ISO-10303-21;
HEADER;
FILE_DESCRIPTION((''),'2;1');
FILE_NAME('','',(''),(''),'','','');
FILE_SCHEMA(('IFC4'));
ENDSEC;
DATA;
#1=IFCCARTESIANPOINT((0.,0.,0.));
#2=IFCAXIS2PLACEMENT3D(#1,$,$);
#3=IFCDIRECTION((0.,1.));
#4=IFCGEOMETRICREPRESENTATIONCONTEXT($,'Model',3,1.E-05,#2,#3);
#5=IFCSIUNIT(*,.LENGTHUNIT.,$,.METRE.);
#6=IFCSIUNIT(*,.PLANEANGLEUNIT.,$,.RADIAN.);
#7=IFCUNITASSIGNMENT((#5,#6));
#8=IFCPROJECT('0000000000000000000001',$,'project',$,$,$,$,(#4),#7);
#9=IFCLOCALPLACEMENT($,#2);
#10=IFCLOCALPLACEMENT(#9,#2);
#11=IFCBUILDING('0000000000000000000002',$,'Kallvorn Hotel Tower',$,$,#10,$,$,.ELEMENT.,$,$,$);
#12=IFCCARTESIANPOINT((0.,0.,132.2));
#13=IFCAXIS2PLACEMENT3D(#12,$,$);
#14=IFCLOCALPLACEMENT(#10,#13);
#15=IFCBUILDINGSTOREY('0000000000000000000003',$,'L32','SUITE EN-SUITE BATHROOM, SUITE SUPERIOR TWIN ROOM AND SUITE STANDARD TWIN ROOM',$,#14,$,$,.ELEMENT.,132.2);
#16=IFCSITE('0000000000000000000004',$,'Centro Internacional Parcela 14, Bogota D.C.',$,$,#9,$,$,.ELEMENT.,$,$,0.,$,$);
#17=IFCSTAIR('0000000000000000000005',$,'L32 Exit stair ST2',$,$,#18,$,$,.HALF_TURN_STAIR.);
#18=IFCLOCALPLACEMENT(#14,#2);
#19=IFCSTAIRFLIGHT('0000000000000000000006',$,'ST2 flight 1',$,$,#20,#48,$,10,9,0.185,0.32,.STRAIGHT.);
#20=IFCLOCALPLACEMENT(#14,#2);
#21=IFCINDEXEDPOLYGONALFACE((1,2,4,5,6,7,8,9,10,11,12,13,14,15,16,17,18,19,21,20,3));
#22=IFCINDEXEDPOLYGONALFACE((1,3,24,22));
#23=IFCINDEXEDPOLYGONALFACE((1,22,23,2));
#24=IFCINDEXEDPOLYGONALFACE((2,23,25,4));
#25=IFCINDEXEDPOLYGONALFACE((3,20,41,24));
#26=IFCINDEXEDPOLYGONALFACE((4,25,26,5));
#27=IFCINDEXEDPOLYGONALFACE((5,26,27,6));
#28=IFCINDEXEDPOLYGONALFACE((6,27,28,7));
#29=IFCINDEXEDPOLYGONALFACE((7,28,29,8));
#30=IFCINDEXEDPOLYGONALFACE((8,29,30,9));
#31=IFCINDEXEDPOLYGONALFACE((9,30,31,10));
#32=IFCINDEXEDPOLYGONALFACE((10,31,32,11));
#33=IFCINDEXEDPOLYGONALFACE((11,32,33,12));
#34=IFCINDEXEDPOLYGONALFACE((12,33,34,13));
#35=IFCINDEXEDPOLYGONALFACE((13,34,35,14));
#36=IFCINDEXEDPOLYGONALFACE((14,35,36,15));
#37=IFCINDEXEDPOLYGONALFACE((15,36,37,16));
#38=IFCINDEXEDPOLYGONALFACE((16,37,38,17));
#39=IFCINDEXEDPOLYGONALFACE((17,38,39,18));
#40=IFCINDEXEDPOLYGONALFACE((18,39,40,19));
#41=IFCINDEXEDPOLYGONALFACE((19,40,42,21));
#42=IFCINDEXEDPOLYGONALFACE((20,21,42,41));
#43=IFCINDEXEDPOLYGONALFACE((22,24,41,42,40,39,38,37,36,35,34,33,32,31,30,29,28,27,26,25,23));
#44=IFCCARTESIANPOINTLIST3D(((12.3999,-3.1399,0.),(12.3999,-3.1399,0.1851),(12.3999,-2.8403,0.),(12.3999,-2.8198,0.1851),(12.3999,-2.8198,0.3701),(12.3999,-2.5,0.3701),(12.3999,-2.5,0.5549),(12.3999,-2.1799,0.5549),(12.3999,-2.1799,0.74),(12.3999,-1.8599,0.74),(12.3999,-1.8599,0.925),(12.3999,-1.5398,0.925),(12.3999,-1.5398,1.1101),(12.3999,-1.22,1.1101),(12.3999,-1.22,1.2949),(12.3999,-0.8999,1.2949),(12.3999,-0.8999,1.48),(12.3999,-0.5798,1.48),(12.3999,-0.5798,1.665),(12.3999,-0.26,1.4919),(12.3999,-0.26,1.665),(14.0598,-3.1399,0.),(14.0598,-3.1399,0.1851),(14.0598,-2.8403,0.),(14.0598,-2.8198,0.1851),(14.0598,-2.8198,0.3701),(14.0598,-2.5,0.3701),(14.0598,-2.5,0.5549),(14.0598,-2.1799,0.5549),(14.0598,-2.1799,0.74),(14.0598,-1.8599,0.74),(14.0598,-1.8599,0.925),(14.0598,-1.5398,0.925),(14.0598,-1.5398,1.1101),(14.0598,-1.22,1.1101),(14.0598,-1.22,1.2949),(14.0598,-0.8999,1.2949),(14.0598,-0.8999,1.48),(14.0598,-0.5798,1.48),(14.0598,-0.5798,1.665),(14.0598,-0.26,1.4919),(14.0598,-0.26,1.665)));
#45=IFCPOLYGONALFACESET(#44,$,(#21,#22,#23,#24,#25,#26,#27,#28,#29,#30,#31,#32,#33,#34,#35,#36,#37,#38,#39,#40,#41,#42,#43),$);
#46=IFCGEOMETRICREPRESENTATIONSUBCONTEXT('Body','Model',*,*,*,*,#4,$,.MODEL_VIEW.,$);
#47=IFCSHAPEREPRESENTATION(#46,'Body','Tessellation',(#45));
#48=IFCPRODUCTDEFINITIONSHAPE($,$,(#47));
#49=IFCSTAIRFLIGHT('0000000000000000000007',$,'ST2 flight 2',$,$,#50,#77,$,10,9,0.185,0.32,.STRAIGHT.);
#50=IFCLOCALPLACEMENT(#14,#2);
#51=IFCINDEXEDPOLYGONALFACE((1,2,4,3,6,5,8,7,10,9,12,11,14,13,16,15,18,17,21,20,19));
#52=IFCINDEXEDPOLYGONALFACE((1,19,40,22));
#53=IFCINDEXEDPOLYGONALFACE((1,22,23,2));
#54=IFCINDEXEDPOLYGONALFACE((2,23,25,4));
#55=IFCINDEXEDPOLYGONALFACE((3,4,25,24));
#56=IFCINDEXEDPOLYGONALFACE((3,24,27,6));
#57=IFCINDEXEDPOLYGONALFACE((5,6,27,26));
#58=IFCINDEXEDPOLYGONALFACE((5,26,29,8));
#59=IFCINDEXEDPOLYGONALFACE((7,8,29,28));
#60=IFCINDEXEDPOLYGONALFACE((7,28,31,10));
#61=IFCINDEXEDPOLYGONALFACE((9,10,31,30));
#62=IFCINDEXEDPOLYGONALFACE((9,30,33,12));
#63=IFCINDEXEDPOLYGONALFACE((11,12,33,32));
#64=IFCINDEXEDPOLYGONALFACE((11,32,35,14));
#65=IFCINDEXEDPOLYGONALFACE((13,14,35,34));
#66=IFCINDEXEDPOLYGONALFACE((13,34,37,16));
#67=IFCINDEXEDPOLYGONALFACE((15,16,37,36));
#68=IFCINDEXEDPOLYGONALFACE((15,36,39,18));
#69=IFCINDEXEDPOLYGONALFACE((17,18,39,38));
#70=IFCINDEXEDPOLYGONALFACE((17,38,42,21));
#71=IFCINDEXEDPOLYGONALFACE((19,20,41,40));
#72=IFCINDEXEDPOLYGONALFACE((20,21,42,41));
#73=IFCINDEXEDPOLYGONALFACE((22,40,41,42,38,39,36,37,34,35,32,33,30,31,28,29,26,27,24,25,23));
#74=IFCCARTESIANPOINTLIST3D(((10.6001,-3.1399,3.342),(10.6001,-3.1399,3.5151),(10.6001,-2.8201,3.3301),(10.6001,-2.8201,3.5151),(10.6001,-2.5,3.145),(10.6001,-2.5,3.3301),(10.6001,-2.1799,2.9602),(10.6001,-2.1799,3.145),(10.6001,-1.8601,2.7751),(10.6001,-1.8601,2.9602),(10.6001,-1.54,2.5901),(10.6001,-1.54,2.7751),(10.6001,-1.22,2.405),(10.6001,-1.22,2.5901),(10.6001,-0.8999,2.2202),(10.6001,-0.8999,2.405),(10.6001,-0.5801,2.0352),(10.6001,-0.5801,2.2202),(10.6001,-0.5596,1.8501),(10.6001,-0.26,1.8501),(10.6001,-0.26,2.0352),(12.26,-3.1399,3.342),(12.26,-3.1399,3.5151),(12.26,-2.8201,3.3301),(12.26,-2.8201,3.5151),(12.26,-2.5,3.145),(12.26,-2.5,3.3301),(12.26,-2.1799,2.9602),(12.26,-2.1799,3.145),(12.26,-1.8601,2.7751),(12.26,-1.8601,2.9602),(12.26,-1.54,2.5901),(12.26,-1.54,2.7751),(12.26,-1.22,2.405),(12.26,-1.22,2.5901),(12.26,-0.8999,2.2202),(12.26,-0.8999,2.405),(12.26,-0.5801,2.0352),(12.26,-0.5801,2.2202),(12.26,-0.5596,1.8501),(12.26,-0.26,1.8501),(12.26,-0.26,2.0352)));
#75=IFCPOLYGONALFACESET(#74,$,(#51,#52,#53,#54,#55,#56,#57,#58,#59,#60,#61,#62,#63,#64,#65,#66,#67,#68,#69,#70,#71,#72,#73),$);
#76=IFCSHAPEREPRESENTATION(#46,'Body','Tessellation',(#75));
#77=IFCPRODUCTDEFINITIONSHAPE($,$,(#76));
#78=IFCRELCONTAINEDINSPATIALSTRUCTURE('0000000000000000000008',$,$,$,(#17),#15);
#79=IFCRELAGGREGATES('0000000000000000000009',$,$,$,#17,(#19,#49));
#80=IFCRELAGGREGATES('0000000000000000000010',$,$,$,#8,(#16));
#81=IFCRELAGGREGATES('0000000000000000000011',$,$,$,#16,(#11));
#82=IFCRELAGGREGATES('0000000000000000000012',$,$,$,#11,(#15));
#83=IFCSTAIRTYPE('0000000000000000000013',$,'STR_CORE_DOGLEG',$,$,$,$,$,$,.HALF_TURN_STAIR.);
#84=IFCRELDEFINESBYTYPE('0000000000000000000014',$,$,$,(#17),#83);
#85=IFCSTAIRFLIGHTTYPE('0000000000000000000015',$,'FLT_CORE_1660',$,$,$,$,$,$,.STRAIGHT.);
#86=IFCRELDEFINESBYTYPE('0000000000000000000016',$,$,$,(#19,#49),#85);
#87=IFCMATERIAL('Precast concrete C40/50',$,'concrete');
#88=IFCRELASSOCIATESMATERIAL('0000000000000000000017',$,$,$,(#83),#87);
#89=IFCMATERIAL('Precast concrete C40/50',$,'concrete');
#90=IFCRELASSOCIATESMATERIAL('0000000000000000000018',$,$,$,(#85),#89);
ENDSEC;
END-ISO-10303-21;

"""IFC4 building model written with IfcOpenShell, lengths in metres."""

from ifc_helpers import new_model, si_unit, direction, frame, origin, place, context, subcontext, project, spatial, polyline, outline, extrude, material, type_object, element, aggregate, save


model = new_model("IFC4")

# Units and contexts
model_context = context("Model", 3, precision=1e-05, world=origin(), true_north=direction((0.0, 1.0)))
body_context = subcontext(model_context, "Body", "Model", "MODEL_VIEW")
ifc_project = project(units=[si_unit("LENGTHUNIT", "METRE"), si_unit("PLANEANGLEUNIT", "RADIAN")], contexts=[model_context])

# Site, building, storey
site_placement = place(None, origin())
site = spatial("IfcSite", under=ifc_project, at=site_placement, Name="Centro Internacional Parcela 14, Bogota D.C.", CompositionType="ELEMENT", RefElevation=0.0)
building_placement = place(site_placement, origin())
building = spatial("IfcBuilding", under=site, at=building_placement, Name="Kallvorn Hotel Tower", CompositionType="ELEMENT")
storey_placement = place(building_placement, frame((0.0, 0.0, 132.2)))
storey = spatial("IfcBuildingStorey", under=building, at=storey_placement, Name="L32", Description="SUITE EN-SUITE BATHROOM, SUITE SUPERIOR TWIN ROOM AND SUITE STANDARD TWIN ROOM", CompositionType="ELEMENT", Elevation=132.2)

# Stair, stair flights
ifc_material_1 = material(Name="Precast concrete C40/50", Category="concrete")
stair_type = type_object("IfcStairType", Name="STR_CORE_DOGLEG", PredefinedType="HALF_TURN_STAIR", material=ifc_material_1)
stair_placement = place(storey_placement, origin())
stair = element("IfcStair", 1, at=stair_placement, inside=storey, type_object=stair_type, Name="L32 Exit stair ST2", PredefinedType="HALF_TURN_STAIR")
ifc_material_2 = material(Name="Precast concrete C40/50", Category="concrete")
stair_flight_type = type_object("IfcStairFlightType", Name="FLT_CORE_1660", PredefinedType="STRAIGHT", material=ifc_material_2)
stair_flight_1_placement = place(storey_placement, frame((13.23, -3.1399, 0.0), z_axis=(0.0, 0.0, 1.0), x_axis=(0.0, 1.0, 0.0)))
stair_flight_1 = element("IfcStairFlight", 2, at=stair_flight_1_placement, type_object=stair_flight_type, Name="ST2 flight 1", NumberOfRisers=10, NumberOfTreads=9, PredefinedType="STRAIGHT", RiserHeight=0.185, TreadLength=0.32, context=body_context, shape_type="SweptSolid", body=[
    extrude(outline(polyline([(0.0, 0.0), (0.0, 0.1851), (0.3201, 0.1851), (0.3201, 0.3701), (0.6399, 0.3701), (0.6399, 0.5549), (0.96, 0.5549), (0.96, 0.74), (1.28, 0.74), (1.28, 0.925), (1.6001, 0.925), (1.6001, 1.1101), (1.9199, 1.1101), (1.9199, 1.2949), (2.24, 1.2949), (2.24, 1.48), (2.5601, 1.48), (2.5601, 1.665), (2.8799, 1.665), (2.8799, 1.8501), (2.8799, 1.4919), (0.2996, 0.0), (0.0, 0.0)])), frame((0.0, 0.8301, 0.0), z_axis=(0.0, -1.0, 0.0), x_axis=(1.0, 0.0, 0.0)), (0.0, 0.0, 1.0), 1.6599),
])
stair_flight_2_placement = place(storey_placement, frame((11.4299, -0.26, 1.8501), z_axis=(0.0, 0.0, 1.0), x_axis=(0.0, -1.0, 0.0)))
stair_flight_2 = element("IfcStairFlight", 3, at=stair_flight_2_placement, type_object=stair_flight_type, Name="ST2 flight 2", NumberOfRisers=10, NumberOfTreads=9, PredefinedType="STRAIGHT", RiserHeight=0.185, TreadLength=0.32, context=body_context, shape_type="SweptSolid", body=[
    extrude(outline(polyline([(0.0, 0.0), (0.0, 0.1851), (0.3201, 0.1851), (0.3201, 0.3701), (0.6399, 0.3701), (0.6399, 0.5549), (0.96, 0.5549), (0.96, 0.74), (1.28, 0.74), (1.28, 0.925), (1.6001, 0.925), (1.6001, 1.1101), (1.9199, 1.1101), (1.9199, 1.2949), (2.24, 1.2949), (2.24, 1.48), (2.5601, 1.48), (2.5601, 1.665), (2.8799, 1.665), (2.8799, 1.8501), (2.8799, 1.4919), (0.2996, 0.0), (0.0, 0.0)])), frame((0.0, 0.8301, 0.0), z_axis=(0.0, -1.0, 0.0), x_axis=(1.0, 0.0, 0.0)), (0.0, 0.0, 1.0), 1.6599),
])
aggregate(stair, [stair_flight_1, stair_flight_2])

save(model, "model.ifc")
